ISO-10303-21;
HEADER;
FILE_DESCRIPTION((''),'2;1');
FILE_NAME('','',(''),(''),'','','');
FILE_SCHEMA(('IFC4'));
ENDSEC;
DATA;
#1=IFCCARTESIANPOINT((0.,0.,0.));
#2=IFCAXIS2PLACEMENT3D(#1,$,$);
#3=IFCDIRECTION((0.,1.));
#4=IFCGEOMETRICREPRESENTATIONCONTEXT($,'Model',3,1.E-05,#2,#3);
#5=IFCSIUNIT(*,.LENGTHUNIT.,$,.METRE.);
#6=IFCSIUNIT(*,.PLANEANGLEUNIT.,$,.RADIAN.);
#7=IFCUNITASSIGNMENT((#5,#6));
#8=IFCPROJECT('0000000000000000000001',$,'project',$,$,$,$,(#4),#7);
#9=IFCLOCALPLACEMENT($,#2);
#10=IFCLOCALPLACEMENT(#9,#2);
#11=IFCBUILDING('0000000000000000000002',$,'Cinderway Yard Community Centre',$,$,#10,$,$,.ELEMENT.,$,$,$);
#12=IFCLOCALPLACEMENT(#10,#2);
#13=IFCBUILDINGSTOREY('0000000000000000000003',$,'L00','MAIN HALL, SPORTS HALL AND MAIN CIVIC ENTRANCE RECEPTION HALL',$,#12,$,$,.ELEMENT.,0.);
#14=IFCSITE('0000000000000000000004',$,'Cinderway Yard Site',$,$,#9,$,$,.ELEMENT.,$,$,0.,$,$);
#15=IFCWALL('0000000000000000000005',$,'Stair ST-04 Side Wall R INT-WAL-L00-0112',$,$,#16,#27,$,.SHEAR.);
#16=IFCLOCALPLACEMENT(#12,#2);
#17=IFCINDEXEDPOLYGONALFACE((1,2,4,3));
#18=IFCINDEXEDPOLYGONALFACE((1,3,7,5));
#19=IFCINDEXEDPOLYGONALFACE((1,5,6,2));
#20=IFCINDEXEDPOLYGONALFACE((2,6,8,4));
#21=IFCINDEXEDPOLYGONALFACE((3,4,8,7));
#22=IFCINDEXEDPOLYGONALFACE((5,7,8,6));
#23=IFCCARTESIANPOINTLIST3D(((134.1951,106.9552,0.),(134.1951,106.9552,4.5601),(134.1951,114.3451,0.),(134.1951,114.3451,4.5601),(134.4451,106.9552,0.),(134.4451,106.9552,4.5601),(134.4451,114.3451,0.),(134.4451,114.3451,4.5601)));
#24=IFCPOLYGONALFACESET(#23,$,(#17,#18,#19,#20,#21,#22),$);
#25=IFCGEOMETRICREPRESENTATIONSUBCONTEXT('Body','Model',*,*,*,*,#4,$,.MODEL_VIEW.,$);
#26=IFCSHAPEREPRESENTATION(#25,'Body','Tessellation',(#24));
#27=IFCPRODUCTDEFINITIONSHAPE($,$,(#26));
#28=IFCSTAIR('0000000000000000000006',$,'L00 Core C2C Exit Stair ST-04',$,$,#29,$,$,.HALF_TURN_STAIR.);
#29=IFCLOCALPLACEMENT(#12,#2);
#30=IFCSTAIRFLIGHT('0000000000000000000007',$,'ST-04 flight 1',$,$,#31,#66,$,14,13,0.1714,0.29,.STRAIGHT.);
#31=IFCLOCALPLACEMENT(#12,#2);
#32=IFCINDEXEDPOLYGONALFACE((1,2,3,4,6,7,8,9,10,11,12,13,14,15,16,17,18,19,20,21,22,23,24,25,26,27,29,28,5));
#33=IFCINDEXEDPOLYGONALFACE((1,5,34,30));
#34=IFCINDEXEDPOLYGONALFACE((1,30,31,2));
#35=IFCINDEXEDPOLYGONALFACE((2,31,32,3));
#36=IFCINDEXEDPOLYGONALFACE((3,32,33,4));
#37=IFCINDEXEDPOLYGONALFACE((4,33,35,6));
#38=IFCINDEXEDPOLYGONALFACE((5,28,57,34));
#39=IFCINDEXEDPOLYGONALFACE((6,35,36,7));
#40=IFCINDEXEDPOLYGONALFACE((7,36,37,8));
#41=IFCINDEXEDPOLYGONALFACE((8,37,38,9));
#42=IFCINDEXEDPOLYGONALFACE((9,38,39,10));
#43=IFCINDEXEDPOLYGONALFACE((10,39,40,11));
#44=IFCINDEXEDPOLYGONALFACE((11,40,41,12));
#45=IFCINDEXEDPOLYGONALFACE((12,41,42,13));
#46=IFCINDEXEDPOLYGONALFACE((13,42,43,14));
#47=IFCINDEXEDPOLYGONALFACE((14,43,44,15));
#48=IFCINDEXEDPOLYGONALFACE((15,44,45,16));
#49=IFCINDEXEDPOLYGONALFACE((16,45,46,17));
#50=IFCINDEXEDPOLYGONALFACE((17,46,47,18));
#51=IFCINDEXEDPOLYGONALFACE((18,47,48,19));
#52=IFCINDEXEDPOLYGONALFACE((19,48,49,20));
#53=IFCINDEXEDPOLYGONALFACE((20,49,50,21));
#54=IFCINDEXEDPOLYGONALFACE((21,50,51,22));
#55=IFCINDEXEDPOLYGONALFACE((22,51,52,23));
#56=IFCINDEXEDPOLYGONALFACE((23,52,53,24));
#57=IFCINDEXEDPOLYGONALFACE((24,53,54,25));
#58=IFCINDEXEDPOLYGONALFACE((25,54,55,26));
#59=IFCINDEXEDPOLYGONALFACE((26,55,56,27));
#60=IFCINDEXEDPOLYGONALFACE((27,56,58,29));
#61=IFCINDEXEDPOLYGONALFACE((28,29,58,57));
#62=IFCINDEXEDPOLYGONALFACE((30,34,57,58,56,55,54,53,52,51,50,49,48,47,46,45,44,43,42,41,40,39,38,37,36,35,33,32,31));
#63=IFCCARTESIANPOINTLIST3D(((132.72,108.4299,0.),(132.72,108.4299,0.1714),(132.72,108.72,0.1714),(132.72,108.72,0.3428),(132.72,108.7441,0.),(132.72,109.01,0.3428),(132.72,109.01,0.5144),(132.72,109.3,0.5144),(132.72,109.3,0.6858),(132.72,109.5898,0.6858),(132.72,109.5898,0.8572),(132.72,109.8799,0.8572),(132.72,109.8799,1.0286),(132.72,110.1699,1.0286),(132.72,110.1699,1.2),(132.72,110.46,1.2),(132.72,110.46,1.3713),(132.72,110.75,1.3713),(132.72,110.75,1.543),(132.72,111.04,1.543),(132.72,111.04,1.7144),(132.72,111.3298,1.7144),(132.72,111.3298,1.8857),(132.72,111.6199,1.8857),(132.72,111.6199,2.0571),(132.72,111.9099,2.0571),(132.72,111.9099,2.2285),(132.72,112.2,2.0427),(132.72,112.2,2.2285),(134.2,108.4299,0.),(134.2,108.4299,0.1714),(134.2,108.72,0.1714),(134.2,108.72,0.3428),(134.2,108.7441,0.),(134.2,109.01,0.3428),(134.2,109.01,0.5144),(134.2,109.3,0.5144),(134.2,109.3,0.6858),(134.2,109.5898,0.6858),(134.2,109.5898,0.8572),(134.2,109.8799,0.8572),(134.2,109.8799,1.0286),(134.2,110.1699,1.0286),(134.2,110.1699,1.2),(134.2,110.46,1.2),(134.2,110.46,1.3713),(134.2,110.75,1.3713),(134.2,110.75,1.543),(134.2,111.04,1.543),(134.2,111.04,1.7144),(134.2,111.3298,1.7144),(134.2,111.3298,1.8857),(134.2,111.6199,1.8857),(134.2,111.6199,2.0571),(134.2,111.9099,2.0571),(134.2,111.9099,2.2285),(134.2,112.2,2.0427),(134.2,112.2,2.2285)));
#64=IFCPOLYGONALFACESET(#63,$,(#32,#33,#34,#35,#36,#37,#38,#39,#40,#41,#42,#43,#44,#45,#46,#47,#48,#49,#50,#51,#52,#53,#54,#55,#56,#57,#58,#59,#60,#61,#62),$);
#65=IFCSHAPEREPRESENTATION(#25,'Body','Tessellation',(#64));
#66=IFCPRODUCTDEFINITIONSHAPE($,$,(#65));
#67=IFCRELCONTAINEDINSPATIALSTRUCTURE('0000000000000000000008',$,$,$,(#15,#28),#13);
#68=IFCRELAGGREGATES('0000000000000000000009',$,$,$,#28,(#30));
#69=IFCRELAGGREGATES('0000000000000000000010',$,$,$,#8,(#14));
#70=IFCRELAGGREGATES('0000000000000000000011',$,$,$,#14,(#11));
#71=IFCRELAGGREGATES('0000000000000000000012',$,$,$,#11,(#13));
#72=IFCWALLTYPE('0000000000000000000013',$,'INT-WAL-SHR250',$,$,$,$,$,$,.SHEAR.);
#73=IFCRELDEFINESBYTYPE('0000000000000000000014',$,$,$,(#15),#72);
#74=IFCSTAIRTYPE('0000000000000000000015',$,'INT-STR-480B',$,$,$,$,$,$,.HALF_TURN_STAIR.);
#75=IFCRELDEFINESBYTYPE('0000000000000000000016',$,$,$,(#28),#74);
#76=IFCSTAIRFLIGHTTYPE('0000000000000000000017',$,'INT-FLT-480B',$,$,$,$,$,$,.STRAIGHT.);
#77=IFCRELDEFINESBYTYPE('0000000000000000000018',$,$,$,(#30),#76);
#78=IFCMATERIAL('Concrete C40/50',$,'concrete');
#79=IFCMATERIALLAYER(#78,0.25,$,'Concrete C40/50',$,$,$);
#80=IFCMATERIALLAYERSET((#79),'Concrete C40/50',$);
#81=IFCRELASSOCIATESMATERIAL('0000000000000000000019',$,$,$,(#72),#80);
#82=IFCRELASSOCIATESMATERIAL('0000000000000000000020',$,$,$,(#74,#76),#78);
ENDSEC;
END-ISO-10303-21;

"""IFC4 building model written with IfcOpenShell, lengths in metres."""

from ifc_helpers import new_model, si_unit, direction, frame, frame_2d, origin, place, context, subcontext, project, spatial, polyline, rectangle, outline, extrude, material, layer, layer_set, type_object, element, aggregate, save


model = new_model("IFC4")

# Units and contexts
model_context = context("Model", 3, precision=1e-05, world=origin(), true_north=direction((0.0, 1.0)))
body_context = subcontext(model_context, "Body", "Model", "MODEL_VIEW")
ifc_project = project(units=[si_unit("LENGTHUNIT", "METRE"), si_unit("PLANEANGLEUNIT", "RADIAN")], contexts=[model_context])

# Site, building, storey
site_placement = place(None, origin())
site = spatial("IfcSite", under=ifc_project, at=site_placement, Name="Cinderway Yard Site", CompositionType="ELEMENT", RefElevation=0.0)
building_placement = place(site_placement, origin())
building = spatial("IfcBuilding", under=site, at=building_placement, Name="Cinderway Yard Community Centre", CompositionType="ELEMENT")
storey_placement = place(building_placement, origin())
storey = spatial("IfcBuildingStorey", under=building, at=storey_placement, Name="L00", Description="MAIN HALL, SPORTS HALL AND MAIN CIVIC ENTRANCE RECEPTION HALL", CompositionType="ELEMENT", Elevation=0.0)

# Shared definitions
ifc_material_1 = material(Name="Concrete C40/50", Category="concrete")

# Shared definitions
ifc_layer_1 = layer(ifc_material_1, 0.25, Name="Concrete C40/50")
ifc_layer_set_1 = layer_set([ifc_layer_1], Name="Concrete C40/50")
wall_type_1 = type_object("IfcWallType", Name="INT-WAL-SHR250", PredefinedType="SHEAR", material=ifc_layer_set_1)

# Wall
wall_1_placement = place(storey_placement, frame((134.3201, 114.345, 0.0), z_axis=(0.0, 0.0, 1.0), x_axis=(0.0, -1.0, 0.0)))
element("IfcWall", 1, at=wall_1_placement, inside=storey, type_object=wall_type_1, Name="Stair ST-04 Side Wall R INT-WAL-L00-0112", PredefinedType="SHEAR", context=body_context, shape_type="SweptSolid", body=[
    extrude(rectangle(XDim=7.3899, YDim=0.25, at=frame_2d((3.6948, 0.0))), origin(), (0.0, 0.0, 1.0), 4.5601),
])

# Stair, stair flight
stair_type = type_object("IfcStairType", Name="INT-STR-480B", PredefinedType="HALF_TURN_STAIR", material=ifc_material_1)
stair_placement = place(storey_placement, origin())
stair = element("IfcStair", 2, at=stair_placement, inside=storey, type_object=stair_type, Name="L00 Core C2C Exit Stair ST-04", PredefinedType="HALF_TURN_STAIR")
stair_flight_type = type_object("IfcStairFlightType", Name="INT-FLT-480B", PredefinedType="STRAIGHT", material=ifc_material_1)
stair_flight_placement = place(storey_placement, frame((133.46, 108.4299, 0.0), z_axis=(0.0, 0.0, 1.0), x_axis=(0.0, 1.0, 0.0)))
stair_flight = element("IfcStairFlight", 3, at=stair_flight_placement, type_object=stair_flight_type, Name="ST-04 flight 1", NumberOfRisers=14, NumberOfTreads=13, PredefinedType="STRAIGHT", RiserHeight=0.1714, TreadLength=0.29, context=body_context, shape_type="SweptSolid", body=[
    extrude(outline(polyline([(0.0, 0.0), (0.0, 0.1714), (0.29, 0.1714), (0.29, 0.3428), (0.5801, 0.3428), (0.5801, 0.5144), (0.8701, 0.5144), (0.8701, 0.6858), (1.1599, 0.6858), (1.1599, 0.8572), (1.45, 0.8572), (1.45, 1.0286), (1.74, 1.0286), (1.74, 1.2), (2.03, 1.2), (2.03, 1.3713), (2.3201, 1.3713), (2.3201, 1.543), (2.6101, 1.543), (2.6101, 1.7144), (2.8999, 1.7144), (2.8999, 1.8857), (3.1899, 1.8857), (3.1899, 2.0571), (3.48, 2.0571), (3.48, 2.2285), (3.77, 2.2285), (3.77, 2.3999), (3.77, 2.0427), (0.3142, 0.0), (0.0, 0.0)])), frame((0.0, 0.74, 0.0), z_axis=(0.0, -1.0, 0.0), x_axis=(1.0, 0.0, 0.0)), (0.0, 0.0, 1.0), 1.48),
])
aggregate(stair, [stair_flight])

save(model, "model.ifc")
